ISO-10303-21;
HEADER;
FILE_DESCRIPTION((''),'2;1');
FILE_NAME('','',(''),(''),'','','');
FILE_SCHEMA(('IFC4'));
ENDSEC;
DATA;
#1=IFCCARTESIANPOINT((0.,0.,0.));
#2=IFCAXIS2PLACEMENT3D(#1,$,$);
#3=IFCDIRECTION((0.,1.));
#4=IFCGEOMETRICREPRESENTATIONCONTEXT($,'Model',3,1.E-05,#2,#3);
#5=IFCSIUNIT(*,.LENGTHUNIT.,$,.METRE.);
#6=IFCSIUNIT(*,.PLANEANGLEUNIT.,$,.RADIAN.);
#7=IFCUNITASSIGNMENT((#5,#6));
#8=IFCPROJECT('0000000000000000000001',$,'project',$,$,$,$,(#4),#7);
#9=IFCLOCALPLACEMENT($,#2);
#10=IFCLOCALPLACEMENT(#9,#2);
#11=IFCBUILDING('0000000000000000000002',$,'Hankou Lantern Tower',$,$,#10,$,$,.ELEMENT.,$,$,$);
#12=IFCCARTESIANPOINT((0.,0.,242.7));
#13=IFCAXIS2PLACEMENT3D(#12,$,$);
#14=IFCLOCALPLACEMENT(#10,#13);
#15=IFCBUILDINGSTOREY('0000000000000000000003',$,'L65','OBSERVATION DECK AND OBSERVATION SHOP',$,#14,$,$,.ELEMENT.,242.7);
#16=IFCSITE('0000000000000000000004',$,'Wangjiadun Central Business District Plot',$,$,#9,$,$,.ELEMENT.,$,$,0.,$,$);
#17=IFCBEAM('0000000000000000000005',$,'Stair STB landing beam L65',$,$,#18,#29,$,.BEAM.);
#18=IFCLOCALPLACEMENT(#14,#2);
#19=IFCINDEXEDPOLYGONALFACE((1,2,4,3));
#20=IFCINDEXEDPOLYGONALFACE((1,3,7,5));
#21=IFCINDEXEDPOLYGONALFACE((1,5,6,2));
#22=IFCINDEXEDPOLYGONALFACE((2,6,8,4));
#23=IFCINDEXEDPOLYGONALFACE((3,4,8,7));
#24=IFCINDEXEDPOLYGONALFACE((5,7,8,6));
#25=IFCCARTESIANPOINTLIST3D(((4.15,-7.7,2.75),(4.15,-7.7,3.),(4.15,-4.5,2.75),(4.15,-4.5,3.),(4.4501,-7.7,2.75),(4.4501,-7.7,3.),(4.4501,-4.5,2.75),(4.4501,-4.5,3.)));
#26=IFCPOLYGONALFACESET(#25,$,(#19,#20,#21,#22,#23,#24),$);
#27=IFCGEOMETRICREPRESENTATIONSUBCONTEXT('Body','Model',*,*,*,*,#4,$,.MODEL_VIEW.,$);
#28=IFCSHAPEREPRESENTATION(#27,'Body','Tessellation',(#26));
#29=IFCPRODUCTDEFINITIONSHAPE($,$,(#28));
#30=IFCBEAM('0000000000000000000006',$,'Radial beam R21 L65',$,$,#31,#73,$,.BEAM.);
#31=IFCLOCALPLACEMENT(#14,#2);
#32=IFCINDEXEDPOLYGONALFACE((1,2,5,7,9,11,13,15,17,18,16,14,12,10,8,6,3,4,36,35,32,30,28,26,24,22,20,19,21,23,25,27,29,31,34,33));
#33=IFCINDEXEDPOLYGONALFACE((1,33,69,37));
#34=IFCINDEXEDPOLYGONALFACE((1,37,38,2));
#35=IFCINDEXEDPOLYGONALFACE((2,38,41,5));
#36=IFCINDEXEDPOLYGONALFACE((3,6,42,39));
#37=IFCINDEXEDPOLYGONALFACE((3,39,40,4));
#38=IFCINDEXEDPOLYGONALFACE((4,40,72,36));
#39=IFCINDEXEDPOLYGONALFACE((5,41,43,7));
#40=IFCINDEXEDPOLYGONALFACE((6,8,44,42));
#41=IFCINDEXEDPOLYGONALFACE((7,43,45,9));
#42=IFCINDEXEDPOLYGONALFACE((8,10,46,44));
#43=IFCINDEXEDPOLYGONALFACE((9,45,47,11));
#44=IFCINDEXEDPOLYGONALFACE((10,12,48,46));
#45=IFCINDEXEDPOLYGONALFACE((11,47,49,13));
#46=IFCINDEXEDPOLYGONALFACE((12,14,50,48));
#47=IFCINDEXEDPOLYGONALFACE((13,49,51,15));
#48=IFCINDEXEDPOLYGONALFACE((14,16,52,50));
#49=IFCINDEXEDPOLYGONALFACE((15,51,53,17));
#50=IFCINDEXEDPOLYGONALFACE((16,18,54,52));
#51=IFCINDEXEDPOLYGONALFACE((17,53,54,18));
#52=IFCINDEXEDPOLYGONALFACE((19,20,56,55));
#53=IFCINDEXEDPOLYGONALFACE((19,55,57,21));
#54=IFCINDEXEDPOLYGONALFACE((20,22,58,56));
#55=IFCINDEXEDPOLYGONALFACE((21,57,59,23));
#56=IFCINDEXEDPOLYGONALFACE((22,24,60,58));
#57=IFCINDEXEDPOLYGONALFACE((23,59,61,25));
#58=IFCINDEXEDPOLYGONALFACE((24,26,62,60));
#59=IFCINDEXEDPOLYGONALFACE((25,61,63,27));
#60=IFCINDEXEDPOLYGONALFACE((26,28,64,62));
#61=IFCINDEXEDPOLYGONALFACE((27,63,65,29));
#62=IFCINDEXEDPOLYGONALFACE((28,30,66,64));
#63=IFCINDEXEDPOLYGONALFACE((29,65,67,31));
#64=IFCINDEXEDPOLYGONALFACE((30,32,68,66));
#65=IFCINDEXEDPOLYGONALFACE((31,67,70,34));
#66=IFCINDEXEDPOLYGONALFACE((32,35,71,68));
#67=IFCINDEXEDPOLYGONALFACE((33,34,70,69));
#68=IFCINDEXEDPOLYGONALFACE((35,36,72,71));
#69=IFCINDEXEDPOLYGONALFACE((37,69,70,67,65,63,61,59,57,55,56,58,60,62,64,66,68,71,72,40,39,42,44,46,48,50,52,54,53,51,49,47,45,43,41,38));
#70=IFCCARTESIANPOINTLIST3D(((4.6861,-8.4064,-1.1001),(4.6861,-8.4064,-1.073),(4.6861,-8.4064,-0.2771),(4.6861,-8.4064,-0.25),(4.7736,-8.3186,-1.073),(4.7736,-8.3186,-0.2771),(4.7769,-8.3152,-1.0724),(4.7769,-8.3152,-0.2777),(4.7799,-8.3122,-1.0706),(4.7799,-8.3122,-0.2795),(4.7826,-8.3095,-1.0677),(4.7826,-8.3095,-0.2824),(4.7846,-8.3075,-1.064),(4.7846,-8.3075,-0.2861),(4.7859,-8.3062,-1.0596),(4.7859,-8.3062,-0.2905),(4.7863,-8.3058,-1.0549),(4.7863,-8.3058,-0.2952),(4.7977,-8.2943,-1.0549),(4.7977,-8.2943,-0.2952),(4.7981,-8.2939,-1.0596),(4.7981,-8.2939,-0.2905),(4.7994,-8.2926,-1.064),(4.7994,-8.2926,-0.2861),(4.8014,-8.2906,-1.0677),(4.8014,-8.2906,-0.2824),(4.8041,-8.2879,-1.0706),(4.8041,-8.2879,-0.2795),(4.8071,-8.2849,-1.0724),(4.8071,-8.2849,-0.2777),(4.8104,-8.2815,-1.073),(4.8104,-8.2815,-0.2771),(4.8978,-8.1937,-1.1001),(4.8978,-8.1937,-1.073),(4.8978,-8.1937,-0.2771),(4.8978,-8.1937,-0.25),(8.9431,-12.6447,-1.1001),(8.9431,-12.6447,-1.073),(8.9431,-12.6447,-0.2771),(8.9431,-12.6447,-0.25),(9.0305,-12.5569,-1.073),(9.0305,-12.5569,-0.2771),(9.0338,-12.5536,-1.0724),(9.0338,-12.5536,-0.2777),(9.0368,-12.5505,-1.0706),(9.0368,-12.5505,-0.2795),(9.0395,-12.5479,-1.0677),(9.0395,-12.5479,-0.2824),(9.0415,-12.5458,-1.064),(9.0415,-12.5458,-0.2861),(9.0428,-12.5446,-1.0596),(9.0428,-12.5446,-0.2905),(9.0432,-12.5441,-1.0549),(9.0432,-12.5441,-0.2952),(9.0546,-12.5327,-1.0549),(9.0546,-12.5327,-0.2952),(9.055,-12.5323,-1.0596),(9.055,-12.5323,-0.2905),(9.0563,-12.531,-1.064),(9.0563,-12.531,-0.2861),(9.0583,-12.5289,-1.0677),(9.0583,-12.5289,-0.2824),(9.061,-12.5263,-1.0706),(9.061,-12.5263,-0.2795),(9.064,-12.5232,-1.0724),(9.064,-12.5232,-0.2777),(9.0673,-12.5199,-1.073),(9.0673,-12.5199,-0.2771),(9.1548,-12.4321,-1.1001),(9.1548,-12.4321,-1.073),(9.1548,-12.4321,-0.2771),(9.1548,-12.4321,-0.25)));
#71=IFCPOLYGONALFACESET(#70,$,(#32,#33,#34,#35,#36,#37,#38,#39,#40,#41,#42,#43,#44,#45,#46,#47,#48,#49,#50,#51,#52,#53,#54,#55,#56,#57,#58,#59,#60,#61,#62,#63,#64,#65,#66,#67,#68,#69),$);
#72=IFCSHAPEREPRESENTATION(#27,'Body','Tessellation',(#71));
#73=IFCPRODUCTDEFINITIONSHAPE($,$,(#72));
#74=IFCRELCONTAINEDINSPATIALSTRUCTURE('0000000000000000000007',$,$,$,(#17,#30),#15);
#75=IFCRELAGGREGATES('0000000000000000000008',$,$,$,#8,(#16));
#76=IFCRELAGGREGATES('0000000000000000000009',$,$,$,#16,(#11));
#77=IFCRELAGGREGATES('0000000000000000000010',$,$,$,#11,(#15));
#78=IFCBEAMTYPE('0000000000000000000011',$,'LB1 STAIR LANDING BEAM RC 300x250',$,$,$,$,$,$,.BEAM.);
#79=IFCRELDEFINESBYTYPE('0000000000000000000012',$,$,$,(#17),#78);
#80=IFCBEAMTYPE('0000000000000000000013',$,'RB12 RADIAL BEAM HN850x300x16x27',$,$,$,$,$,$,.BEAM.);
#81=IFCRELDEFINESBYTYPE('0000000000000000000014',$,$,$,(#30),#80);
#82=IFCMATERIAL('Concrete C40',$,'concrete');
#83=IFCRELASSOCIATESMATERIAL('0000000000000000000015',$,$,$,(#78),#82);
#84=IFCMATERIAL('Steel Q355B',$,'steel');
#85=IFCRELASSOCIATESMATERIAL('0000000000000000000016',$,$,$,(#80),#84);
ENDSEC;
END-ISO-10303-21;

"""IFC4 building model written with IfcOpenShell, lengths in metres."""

from ifc_helpers import new_model, si_unit, direction, frame, origin, origin_2d, place, context, subcontext, project, spatial, rectangle, i_section, extrude, material, material_profile, profile_set, type_object, element, save


model = new_model("IFC4")

# Units and contexts
model_context = context("Model", 3, precision=1e-05, world=origin(), true_north=direction((0.0, 1.0)))
body_context = subcontext(model_context, "Body", "Model", "MODEL_VIEW")
ifc_project = project(units=[si_unit("LENGTHUNIT", "METRE"), si_unit("PLANEANGLEUNIT", "RADIAN")], contexts=[model_context])

# Site, building, storey
site_placement = place(None, origin())
site = spatial("IfcSite", under=ifc_project, at=site_placement, Name="Wangjiadun Central Business District Plot", CompositionType="ELEMENT", RefElevation=0.0)
building_placement = place(site_placement, origin())
building = spatial("IfcBuilding", under=site, at=building_placement, Name="Hankou Lantern Tower", CompositionType="ELEMENT")
storey_placement = place(building_placement, frame((0.0, 0.0, 242.7)))
storey = spatial("IfcBuildingStorey", under=building, at=storey_placement, Name="L65", Description="OBSERVATION DECK AND OBSERVATION SHOP", CompositionType="ELEMENT", Elevation=242.7)

# Beams
ifc_material_1 = material(Name="Concrete C40", Category="concrete")
ifc_material_profile_1 = material_profile(ifc_material_1, rectangle(XDim=0.3, YDim=0.25, at=origin_2d()), Name="RC 300x250")
ifc_profile_set_1 = profile_set([ifc_material_profile_1], Name="Concrete C40")
beam_type_1 = type_object("IfcBeamType", Name="LB1 STAIR LANDING BEAM RC 300x250", PredefinedType="BEAM", material=ifc_profile_set_1)
beam_1_placement = place(storey_placement, frame((4.3, -4.5, 2.875), z_axis=(0.0, -1.0, 0.0), x_axis=(1.0, 0.0, 0.0)))
element("IfcBeam", 1, at=beam_1_placement, inside=storey, type_object=beam_type_1, Name="Stair STB landing beam L65", PredefinedType="BEAM", context=body_context, shape_type="SweptSolid", body=[
    extrude(rectangle(XDim=0.3, YDim=0.25, at=origin_2d()), origin(), (0.0, 0.0, 1.0), 3.2),
])
ifc_material_2 = material(Name="Steel Q355B", Category="steel")
ifc_material_profile_2 = material_profile(ifc_material_2, i_section(OverallWidth=0.3, OverallDepth=0.8501, WebThickness=0.0161, FlangeThickness=0.0271, FilletRadius=0.0181, at=origin_2d()), Name="HN850x300x16x27")
ifc_profile_set_2 = profile_set([ifc_material_profile_2], Name="Steel Q355B")
beam_type_2 = type_object("IfcBeamType", Name="RB12 RADIAL BEAM HN850x300x16x27", PredefinedType="BEAM", material=ifc_profile_set_2)
beam_2_placement = place(storey_placement, frame((4.792, -8.3, -0.675), z_axis=(0.70865, -0.705561, 0.0), x_axis=(0.705561, 0.70865, 0.0)))
element("IfcBeam", 2, at=beam_2_placement, inside=storey, type_object=beam_type_2, Name="Radial beam R21 L65", PredefinedType="BEAM", context=body_context, shape_type="SweptSolid", body=[
    extrude(i_section(OverallWidth=0.3, OverallDepth=0.8501, WebThickness=0.0161, FlangeThickness=0.0271, FilletRadius=0.0181, at=origin_2d()), origin(), (0.0, 0.0, 1.0), 6.0071),
])

save(model, "model.ifc")
